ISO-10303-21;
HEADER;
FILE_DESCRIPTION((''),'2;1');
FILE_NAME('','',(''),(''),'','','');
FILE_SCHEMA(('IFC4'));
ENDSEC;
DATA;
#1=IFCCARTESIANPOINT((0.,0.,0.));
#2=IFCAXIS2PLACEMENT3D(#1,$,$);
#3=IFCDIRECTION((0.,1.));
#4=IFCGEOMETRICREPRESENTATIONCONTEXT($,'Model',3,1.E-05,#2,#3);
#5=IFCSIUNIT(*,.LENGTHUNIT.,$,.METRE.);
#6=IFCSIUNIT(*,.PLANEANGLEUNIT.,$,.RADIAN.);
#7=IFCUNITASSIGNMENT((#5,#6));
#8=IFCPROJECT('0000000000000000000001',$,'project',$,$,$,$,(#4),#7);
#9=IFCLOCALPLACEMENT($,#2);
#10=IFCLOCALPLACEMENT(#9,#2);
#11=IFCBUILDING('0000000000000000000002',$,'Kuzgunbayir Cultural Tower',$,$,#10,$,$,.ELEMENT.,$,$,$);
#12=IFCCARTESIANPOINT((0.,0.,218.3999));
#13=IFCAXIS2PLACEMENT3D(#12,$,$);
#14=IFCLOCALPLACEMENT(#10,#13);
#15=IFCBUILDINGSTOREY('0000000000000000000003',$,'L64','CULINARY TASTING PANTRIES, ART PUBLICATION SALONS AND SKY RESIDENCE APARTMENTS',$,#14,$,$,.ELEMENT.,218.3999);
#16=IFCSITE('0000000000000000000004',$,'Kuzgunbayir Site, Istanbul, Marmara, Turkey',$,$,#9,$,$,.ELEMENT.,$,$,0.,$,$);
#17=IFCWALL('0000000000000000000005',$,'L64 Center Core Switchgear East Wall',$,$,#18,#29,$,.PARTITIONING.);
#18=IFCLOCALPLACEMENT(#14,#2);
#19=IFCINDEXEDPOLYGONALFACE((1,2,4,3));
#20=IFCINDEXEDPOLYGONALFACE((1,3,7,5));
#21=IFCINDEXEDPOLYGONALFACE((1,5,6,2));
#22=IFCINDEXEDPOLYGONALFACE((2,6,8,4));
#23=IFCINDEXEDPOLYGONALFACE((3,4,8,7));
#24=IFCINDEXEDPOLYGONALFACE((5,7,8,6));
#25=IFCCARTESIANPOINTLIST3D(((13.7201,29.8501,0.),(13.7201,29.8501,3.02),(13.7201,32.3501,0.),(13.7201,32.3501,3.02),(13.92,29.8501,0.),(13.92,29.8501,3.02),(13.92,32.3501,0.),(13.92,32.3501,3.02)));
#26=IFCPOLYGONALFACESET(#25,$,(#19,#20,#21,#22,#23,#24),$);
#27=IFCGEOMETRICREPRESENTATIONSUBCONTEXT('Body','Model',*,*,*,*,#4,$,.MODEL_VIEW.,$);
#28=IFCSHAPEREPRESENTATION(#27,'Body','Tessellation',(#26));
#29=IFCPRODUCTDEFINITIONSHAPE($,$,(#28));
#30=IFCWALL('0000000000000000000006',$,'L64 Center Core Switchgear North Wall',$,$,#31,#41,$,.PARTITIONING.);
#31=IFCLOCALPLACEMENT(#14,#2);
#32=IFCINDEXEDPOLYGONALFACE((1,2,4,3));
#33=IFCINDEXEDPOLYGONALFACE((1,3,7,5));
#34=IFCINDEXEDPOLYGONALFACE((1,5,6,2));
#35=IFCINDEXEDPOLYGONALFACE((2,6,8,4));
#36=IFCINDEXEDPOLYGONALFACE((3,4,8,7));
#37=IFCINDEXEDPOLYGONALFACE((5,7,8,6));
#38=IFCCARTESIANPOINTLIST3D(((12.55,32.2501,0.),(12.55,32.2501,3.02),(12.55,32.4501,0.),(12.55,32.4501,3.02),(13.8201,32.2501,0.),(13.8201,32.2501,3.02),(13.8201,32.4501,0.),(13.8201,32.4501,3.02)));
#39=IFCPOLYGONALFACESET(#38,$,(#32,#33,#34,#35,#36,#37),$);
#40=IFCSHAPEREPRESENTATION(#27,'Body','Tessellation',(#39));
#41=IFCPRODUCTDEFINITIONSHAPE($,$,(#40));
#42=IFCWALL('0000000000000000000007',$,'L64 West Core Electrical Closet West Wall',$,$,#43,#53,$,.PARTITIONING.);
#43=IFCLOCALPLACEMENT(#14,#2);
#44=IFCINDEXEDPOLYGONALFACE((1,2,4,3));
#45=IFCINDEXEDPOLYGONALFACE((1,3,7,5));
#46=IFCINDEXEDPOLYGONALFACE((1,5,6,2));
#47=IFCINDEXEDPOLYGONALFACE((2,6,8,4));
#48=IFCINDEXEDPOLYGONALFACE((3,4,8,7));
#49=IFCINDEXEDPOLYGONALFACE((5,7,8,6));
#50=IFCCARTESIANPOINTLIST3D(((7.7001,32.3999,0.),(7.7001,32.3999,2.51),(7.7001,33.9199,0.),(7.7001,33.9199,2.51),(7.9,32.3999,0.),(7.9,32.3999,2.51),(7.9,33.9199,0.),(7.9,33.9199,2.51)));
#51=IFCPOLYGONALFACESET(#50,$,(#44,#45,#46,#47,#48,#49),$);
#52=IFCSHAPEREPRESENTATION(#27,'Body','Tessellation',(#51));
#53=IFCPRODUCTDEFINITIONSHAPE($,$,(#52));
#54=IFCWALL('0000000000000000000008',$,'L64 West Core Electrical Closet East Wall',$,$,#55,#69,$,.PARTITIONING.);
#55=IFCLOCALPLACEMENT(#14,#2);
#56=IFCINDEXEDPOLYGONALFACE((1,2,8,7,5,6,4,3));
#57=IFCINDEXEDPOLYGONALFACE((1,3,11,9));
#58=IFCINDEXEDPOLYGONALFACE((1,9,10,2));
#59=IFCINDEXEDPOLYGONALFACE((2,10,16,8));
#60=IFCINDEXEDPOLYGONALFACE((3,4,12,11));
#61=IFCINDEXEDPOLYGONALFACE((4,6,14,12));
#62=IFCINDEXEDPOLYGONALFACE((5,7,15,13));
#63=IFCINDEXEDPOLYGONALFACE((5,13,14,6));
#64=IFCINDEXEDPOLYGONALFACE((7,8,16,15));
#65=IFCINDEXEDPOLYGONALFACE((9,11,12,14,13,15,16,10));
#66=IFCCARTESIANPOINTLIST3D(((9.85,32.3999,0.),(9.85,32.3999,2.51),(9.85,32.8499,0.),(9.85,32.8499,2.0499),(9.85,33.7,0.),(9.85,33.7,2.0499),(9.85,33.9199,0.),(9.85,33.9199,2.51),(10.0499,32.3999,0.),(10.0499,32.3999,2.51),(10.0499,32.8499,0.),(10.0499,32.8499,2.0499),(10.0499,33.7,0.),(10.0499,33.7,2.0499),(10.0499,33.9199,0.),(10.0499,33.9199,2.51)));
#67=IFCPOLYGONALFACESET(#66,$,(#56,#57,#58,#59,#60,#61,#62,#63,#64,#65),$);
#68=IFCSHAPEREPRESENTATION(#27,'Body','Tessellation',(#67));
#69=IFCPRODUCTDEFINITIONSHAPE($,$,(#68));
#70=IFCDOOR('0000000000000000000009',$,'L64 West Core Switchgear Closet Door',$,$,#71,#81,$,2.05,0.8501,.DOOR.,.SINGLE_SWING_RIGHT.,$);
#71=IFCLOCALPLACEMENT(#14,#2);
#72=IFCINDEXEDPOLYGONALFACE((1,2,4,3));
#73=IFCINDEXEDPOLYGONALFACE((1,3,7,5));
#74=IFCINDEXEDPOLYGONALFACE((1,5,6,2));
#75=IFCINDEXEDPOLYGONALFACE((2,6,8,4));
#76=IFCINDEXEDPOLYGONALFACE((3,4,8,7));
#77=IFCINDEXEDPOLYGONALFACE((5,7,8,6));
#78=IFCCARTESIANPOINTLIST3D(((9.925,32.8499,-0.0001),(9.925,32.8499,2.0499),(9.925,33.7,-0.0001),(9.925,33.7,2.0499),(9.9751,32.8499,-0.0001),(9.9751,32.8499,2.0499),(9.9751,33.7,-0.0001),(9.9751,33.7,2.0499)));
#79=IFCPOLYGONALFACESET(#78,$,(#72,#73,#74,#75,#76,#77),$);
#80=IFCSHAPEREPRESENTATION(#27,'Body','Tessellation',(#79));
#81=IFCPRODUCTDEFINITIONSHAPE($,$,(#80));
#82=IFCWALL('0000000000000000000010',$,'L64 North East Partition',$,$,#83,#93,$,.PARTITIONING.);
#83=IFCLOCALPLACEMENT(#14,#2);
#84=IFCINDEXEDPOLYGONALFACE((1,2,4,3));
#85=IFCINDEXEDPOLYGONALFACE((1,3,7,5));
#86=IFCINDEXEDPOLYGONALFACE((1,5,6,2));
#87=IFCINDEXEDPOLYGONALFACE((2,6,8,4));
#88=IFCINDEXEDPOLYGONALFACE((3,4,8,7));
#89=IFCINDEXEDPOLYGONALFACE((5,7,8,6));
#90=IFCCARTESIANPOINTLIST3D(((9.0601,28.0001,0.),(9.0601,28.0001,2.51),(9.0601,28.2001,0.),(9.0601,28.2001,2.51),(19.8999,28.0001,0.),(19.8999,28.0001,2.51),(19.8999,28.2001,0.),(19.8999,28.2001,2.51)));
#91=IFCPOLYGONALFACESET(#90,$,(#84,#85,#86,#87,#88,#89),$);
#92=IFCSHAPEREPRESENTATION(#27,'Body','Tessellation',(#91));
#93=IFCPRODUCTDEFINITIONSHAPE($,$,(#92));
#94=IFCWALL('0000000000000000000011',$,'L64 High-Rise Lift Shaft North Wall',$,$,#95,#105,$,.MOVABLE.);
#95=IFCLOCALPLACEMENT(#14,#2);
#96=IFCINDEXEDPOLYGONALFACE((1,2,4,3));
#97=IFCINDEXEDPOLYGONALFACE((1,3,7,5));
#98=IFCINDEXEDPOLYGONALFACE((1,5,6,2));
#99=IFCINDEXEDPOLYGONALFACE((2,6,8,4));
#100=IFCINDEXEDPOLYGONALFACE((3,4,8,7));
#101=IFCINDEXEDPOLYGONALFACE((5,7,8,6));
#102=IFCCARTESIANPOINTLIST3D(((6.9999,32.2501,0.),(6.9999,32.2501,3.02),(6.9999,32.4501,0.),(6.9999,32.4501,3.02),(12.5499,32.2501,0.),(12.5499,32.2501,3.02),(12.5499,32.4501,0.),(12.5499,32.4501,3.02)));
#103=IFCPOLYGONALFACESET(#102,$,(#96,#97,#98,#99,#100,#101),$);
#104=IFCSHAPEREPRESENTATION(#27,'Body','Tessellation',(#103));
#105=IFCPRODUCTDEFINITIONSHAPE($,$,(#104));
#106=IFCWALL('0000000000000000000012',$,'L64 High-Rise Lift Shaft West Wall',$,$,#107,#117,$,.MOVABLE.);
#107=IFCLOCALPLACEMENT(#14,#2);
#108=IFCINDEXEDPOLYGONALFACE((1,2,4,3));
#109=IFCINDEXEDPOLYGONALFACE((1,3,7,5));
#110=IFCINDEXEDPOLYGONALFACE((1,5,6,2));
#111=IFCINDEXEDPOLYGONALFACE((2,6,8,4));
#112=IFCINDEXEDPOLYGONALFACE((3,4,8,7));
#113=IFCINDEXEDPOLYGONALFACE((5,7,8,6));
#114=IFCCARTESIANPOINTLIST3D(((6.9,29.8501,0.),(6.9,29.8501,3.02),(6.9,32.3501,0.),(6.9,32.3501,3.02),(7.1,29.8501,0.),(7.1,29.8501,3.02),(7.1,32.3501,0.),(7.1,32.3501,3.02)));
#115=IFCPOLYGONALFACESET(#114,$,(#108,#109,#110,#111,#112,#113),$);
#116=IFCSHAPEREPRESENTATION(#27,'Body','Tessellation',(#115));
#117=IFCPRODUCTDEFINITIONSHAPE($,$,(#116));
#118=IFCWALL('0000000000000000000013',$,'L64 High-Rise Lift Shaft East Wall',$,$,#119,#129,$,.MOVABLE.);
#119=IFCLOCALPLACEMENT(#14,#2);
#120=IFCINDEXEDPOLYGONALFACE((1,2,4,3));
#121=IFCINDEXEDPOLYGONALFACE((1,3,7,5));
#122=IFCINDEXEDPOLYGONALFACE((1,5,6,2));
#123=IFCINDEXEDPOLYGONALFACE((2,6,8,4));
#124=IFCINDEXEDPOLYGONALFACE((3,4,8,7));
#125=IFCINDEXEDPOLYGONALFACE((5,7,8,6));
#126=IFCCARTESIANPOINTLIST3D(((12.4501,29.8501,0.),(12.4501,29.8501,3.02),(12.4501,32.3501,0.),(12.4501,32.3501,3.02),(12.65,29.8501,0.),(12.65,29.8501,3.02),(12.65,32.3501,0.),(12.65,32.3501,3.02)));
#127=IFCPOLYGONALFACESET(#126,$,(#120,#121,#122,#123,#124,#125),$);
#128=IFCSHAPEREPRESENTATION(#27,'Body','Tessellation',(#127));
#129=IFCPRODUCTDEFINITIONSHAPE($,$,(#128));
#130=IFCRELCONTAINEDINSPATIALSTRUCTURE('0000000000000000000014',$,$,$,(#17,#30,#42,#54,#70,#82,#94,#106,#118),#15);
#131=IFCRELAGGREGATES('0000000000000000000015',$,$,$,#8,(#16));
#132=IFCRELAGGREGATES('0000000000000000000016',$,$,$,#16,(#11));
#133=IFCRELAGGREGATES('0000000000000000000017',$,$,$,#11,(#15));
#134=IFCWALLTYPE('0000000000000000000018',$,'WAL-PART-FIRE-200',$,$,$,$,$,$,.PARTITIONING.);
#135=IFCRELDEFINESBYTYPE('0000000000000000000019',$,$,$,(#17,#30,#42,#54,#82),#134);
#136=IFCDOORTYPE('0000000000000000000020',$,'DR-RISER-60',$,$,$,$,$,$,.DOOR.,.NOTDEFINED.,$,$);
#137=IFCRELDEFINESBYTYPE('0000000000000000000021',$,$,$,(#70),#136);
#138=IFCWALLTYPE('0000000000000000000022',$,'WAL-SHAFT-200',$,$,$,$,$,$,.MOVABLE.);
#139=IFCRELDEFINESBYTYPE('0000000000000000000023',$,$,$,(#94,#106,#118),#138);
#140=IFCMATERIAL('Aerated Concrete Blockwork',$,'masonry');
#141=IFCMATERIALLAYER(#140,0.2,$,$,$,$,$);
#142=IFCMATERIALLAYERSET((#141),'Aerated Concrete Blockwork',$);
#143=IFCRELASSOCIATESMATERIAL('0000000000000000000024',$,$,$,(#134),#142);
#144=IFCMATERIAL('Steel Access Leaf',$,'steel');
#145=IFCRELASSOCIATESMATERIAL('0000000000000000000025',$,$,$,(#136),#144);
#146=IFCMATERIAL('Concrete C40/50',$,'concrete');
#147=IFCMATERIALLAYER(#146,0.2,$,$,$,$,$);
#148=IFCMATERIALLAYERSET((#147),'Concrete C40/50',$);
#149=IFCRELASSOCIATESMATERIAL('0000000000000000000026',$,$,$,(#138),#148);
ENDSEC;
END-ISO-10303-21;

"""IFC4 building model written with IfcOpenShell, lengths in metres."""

from ifc_helpers import new_model, si_unit, direction, frame, frame_2d, origin, place, context, subcontext, project, spatial, rectangle, extrude, material, layer, layer_set, type_object, element, fill, save


model = new_model("IFC4")

# Units and contexts
model_context = context("Model", 3, precision=1e-05, world=origin(), true_north=direction((0.0, 1.0)))
body_context = subcontext(model_context, "Body", "Model", "MODEL_VIEW")
ifc_project = project(units=[si_unit("LENGTHUNIT", "METRE"), si_unit("PLANEANGLEUNIT", "RADIAN")], contexts=[model_context])

# Site, building, storey
site_placement = place(None, origin())
site = spatial("IfcSite", under=ifc_project, at=site_placement, Name="Kuzgunbayir Site, Istanbul, Marmara, Turkey", CompositionType="ELEMENT", RefElevation=0.0)
building_placement = place(site_placement, origin())
building = spatial("IfcBuilding", under=site, at=building_placement, Name="Kuzgunbayir Cultural Tower", CompositionType="ELEMENT")
storey_placement = place(building_placement, frame((0.0, 0.0, 218.3999)))
storey = spatial("IfcBuildingStorey", under=building, at=storey_placement, Name="L64", Description="CULINARY TASTING PANTRIES, ART PUBLICATION SALONS AND SKY RESIDENCE APARTMENTS", CompositionType="ELEMENT", Elevation=218.3999)

# Shared definitions
ifc_material_1 = material(Name="Aerated Concrete Blockwork", Category="masonry")
ifc_layer_1 = layer(ifc_material_1, 0.2)
ifc_layer_set_1 = layer_set([ifc_layer_1], Name="Aerated Concrete Blockwork")
wall_type_1 = type_object("IfcWallType", Name="WAL-PART-FIRE-200", PredefinedType="PARTITIONING", material=ifc_layer_set_1)
ifc_material_2 = material(Name="Steel Access Leaf", Category="steel")
door_type_1 = type_object("IfcDoorType", Name="DR-RISER-60", OperationType="NOTDEFINED", PredefinedType="DOOR", material=ifc_material_2)

# Walls
wall_1_placement = place(storey_placement, frame((13.8201, 29.8501, 0.0), z_axis=(0.0, 0.0, 1.0), x_axis=(0.0, 1.0, 0.0)))
element("IfcWall", 1, at=wall_1_placement, inside=storey, type_object=wall_type_1, Name="L64 Center Core Switchgear East Wall", PredefinedType="PARTITIONING", context=body_context, shape_type="SweptSolid", body=[
    extrude(rectangle(XDim=2.5, YDim=0.2, at=frame_2d((1.25, 0.0))), origin(), (0.0, 0.0, 1.0), 3.02),
])
wall_2_placement = place(storey_placement, frame((12.55, 32.3501, 0.0), z_axis=(0.0, 0.0, 1.0), x_axis=(1.0, 0.0, 0.0)))
element("IfcWall", 2, at=wall_2_placement, inside=storey, type_object=wall_type_1, Name="L64 Center Core Switchgear North Wall", PredefinedType="PARTITIONING", context=body_context, shape_type="SweptSolid", body=[
    extrude(rectangle(XDim=1.27, YDim=0.2, at=frame_2d((0.635, 0.0))), origin(), (0.0, 0.0, 1.0), 3.02),
])
wall_3_placement = place(storey_placement, frame((7.8, 32.3999, 0.0), z_axis=(0.0, 0.0, 1.0), x_axis=(0.0, 1.0, 0.0)))
element("IfcWall", 3, at=wall_3_placement, inside=storey, type_object=wall_type_1, Name="L64 West Core Electrical Closet West Wall", PredefinedType="PARTITIONING", context=body_context, shape_type="SweptSolid", body=[
    extrude(rectangle(XDim=1.52, YDim=0.2, at=frame_2d((0.76, 0.0))), origin(), (0.0, 0.0, 1.0), 2.51),
])

# Wall, opening, door
wall_4_placement = place(storey_placement, frame((9.95, 32.3999, 0.0), z_axis=(0.0, 0.0, 1.0), x_axis=(0.0, 1.0, 0.0)))
wall_4 = element("IfcWall", 4, at=wall_4_placement, inside=storey, type_object=wall_type_1, Name="L64 West Core Electrical Closet East Wall", PredefinedType="PARTITIONING", context=body_context, shape_type="SweptSolid", body=[
    extrude(rectangle(XDim=1.52, YDim=0.2, at=frame_2d((0.76, 0.0))), origin(), (0.0, 0.0, 1.0), 2.51),
])
opening_1_placement = place(wall_4_placement, frame((0.45, 0.0, 0.0)))
opening_1 = element("IfcOpeningElement", 5, at=opening_1_placement, cuts=wall_4, PredefinedType="OPENING", context=body_context, shape_type="SweptSolid", body=[
    extrude(rectangle(XDim=0.8501, YDim=2.05, at=frame_2d((0.425, 1.0249))), frame((0.0, 0.1099, 0.0), z_axis=(0.0, -1.0, 0.0), x_axis=(1.0, 0.0, 0.0)), (0.0, 0.0, 1.0), 0.22),
])
door_1_placement = place(opening_1_placement, origin())
door_1 = element("IfcDoor", 6, at=door_1_placement, inside=storey, type_object=door_type_1, Name="L64 West Core Switchgear Closet Door", OperationType="SINGLE_SWING_RIGHT", OverallHeight=2.05, OverallWidth=0.8501, PredefinedType="DOOR", context=body_context, shape_type="SweptSolid", body=[
    extrude(rectangle(XDim=0.8501, YDim=2.05, at=frame_2d((0.425, 1.0249))), frame((0.0, 0.0249, 0.0), z_axis=(0.0, -1.0, 0.0), x_axis=(1.0, 0.0, 0.0)), (0.0, 0.0, 1.0), 0.05),
])
fill(opening_1, door_1)

# Walls
wall_5_placement = place(storey_placement, frame((9.0601, 28.1001, 0.0), z_axis=(0.0, 0.0, 1.0), x_axis=(1.0, 0.0, 0.0)))
element("IfcWall", 7, at=wall_5_placement, inside=storey, type_object=wall_type_1, Name="L64 North East Partition", PredefinedType="PARTITIONING", context=body_context, shape_type="SweptSolid", body=[
    extrude(rectangle(XDim=10.8398, YDim=0.2, at=frame_2d((5.4199, 0.0))), origin(), (0.0, 0.0, 1.0), 2.51),
])
ifc_material_3 = material(Name="Concrete C40/50", Category="concrete")
ifc_layer_2 = layer(ifc_material_3, 0.2)
ifc_layer_set_2 = layer_set([ifc_layer_2], Name="Concrete C40/50")
wall_type_2 = type_object("IfcWallType", Name="WAL-SHAFT-200", PredefinedType="MOVABLE", material=ifc_layer_set_2)
wall_6_placement = place(storey_placement, frame((7.0, 32.3501, 0.0), z_axis=(0.0, 0.0, 1.0), x_axis=(1.0, 0.0, 0.0)))
element("IfcWall", 8, at=wall_6_placement, inside=storey, type_object=wall_type_2, Name="L64 High-Rise Lift Shaft North Wall", PredefinedType="MOVABLE", context=body_context, shape_type="SweptSolid", body=[
    extrude(rectangle(XDim=5.55, YDim=0.2, at=frame_2d((2.7749, 0.0))), origin(), (0.0, 0.0, 1.0), 3.02),
])
for number, where, z_axis, x_axis, name in (
    (9, (7.0, 29.8501, 0.0), (0.0, 0.0, 1.0), (0.0, 1.0, 0.0), "L64 High-Rise Lift Shaft West Wall"),
    (10, (12.55, 29.8501, 0.0), (0.0, 0.0, 1.0), (0.0, 1.0, 0.0), "L64 High-Rise Lift Shaft East Wall"),
):
    element("IfcWall", number, at=place(storey_placement, frame(where, z_axis=z_axis, x_axis=x_axis)), inside=storey, type_object=wall_type_2, Name=name, PredefinedType="MOVABLE", context=body_context, shape_type="SweptSolid", body=[
        extrude(rectangle(XDim=2.5, YDim=0.2, at=frame_2d((1.25, 0.0))), origin(), (0.0, 0.0, 1.0), 3.02),
    ])

save(model, "model.ifc")
